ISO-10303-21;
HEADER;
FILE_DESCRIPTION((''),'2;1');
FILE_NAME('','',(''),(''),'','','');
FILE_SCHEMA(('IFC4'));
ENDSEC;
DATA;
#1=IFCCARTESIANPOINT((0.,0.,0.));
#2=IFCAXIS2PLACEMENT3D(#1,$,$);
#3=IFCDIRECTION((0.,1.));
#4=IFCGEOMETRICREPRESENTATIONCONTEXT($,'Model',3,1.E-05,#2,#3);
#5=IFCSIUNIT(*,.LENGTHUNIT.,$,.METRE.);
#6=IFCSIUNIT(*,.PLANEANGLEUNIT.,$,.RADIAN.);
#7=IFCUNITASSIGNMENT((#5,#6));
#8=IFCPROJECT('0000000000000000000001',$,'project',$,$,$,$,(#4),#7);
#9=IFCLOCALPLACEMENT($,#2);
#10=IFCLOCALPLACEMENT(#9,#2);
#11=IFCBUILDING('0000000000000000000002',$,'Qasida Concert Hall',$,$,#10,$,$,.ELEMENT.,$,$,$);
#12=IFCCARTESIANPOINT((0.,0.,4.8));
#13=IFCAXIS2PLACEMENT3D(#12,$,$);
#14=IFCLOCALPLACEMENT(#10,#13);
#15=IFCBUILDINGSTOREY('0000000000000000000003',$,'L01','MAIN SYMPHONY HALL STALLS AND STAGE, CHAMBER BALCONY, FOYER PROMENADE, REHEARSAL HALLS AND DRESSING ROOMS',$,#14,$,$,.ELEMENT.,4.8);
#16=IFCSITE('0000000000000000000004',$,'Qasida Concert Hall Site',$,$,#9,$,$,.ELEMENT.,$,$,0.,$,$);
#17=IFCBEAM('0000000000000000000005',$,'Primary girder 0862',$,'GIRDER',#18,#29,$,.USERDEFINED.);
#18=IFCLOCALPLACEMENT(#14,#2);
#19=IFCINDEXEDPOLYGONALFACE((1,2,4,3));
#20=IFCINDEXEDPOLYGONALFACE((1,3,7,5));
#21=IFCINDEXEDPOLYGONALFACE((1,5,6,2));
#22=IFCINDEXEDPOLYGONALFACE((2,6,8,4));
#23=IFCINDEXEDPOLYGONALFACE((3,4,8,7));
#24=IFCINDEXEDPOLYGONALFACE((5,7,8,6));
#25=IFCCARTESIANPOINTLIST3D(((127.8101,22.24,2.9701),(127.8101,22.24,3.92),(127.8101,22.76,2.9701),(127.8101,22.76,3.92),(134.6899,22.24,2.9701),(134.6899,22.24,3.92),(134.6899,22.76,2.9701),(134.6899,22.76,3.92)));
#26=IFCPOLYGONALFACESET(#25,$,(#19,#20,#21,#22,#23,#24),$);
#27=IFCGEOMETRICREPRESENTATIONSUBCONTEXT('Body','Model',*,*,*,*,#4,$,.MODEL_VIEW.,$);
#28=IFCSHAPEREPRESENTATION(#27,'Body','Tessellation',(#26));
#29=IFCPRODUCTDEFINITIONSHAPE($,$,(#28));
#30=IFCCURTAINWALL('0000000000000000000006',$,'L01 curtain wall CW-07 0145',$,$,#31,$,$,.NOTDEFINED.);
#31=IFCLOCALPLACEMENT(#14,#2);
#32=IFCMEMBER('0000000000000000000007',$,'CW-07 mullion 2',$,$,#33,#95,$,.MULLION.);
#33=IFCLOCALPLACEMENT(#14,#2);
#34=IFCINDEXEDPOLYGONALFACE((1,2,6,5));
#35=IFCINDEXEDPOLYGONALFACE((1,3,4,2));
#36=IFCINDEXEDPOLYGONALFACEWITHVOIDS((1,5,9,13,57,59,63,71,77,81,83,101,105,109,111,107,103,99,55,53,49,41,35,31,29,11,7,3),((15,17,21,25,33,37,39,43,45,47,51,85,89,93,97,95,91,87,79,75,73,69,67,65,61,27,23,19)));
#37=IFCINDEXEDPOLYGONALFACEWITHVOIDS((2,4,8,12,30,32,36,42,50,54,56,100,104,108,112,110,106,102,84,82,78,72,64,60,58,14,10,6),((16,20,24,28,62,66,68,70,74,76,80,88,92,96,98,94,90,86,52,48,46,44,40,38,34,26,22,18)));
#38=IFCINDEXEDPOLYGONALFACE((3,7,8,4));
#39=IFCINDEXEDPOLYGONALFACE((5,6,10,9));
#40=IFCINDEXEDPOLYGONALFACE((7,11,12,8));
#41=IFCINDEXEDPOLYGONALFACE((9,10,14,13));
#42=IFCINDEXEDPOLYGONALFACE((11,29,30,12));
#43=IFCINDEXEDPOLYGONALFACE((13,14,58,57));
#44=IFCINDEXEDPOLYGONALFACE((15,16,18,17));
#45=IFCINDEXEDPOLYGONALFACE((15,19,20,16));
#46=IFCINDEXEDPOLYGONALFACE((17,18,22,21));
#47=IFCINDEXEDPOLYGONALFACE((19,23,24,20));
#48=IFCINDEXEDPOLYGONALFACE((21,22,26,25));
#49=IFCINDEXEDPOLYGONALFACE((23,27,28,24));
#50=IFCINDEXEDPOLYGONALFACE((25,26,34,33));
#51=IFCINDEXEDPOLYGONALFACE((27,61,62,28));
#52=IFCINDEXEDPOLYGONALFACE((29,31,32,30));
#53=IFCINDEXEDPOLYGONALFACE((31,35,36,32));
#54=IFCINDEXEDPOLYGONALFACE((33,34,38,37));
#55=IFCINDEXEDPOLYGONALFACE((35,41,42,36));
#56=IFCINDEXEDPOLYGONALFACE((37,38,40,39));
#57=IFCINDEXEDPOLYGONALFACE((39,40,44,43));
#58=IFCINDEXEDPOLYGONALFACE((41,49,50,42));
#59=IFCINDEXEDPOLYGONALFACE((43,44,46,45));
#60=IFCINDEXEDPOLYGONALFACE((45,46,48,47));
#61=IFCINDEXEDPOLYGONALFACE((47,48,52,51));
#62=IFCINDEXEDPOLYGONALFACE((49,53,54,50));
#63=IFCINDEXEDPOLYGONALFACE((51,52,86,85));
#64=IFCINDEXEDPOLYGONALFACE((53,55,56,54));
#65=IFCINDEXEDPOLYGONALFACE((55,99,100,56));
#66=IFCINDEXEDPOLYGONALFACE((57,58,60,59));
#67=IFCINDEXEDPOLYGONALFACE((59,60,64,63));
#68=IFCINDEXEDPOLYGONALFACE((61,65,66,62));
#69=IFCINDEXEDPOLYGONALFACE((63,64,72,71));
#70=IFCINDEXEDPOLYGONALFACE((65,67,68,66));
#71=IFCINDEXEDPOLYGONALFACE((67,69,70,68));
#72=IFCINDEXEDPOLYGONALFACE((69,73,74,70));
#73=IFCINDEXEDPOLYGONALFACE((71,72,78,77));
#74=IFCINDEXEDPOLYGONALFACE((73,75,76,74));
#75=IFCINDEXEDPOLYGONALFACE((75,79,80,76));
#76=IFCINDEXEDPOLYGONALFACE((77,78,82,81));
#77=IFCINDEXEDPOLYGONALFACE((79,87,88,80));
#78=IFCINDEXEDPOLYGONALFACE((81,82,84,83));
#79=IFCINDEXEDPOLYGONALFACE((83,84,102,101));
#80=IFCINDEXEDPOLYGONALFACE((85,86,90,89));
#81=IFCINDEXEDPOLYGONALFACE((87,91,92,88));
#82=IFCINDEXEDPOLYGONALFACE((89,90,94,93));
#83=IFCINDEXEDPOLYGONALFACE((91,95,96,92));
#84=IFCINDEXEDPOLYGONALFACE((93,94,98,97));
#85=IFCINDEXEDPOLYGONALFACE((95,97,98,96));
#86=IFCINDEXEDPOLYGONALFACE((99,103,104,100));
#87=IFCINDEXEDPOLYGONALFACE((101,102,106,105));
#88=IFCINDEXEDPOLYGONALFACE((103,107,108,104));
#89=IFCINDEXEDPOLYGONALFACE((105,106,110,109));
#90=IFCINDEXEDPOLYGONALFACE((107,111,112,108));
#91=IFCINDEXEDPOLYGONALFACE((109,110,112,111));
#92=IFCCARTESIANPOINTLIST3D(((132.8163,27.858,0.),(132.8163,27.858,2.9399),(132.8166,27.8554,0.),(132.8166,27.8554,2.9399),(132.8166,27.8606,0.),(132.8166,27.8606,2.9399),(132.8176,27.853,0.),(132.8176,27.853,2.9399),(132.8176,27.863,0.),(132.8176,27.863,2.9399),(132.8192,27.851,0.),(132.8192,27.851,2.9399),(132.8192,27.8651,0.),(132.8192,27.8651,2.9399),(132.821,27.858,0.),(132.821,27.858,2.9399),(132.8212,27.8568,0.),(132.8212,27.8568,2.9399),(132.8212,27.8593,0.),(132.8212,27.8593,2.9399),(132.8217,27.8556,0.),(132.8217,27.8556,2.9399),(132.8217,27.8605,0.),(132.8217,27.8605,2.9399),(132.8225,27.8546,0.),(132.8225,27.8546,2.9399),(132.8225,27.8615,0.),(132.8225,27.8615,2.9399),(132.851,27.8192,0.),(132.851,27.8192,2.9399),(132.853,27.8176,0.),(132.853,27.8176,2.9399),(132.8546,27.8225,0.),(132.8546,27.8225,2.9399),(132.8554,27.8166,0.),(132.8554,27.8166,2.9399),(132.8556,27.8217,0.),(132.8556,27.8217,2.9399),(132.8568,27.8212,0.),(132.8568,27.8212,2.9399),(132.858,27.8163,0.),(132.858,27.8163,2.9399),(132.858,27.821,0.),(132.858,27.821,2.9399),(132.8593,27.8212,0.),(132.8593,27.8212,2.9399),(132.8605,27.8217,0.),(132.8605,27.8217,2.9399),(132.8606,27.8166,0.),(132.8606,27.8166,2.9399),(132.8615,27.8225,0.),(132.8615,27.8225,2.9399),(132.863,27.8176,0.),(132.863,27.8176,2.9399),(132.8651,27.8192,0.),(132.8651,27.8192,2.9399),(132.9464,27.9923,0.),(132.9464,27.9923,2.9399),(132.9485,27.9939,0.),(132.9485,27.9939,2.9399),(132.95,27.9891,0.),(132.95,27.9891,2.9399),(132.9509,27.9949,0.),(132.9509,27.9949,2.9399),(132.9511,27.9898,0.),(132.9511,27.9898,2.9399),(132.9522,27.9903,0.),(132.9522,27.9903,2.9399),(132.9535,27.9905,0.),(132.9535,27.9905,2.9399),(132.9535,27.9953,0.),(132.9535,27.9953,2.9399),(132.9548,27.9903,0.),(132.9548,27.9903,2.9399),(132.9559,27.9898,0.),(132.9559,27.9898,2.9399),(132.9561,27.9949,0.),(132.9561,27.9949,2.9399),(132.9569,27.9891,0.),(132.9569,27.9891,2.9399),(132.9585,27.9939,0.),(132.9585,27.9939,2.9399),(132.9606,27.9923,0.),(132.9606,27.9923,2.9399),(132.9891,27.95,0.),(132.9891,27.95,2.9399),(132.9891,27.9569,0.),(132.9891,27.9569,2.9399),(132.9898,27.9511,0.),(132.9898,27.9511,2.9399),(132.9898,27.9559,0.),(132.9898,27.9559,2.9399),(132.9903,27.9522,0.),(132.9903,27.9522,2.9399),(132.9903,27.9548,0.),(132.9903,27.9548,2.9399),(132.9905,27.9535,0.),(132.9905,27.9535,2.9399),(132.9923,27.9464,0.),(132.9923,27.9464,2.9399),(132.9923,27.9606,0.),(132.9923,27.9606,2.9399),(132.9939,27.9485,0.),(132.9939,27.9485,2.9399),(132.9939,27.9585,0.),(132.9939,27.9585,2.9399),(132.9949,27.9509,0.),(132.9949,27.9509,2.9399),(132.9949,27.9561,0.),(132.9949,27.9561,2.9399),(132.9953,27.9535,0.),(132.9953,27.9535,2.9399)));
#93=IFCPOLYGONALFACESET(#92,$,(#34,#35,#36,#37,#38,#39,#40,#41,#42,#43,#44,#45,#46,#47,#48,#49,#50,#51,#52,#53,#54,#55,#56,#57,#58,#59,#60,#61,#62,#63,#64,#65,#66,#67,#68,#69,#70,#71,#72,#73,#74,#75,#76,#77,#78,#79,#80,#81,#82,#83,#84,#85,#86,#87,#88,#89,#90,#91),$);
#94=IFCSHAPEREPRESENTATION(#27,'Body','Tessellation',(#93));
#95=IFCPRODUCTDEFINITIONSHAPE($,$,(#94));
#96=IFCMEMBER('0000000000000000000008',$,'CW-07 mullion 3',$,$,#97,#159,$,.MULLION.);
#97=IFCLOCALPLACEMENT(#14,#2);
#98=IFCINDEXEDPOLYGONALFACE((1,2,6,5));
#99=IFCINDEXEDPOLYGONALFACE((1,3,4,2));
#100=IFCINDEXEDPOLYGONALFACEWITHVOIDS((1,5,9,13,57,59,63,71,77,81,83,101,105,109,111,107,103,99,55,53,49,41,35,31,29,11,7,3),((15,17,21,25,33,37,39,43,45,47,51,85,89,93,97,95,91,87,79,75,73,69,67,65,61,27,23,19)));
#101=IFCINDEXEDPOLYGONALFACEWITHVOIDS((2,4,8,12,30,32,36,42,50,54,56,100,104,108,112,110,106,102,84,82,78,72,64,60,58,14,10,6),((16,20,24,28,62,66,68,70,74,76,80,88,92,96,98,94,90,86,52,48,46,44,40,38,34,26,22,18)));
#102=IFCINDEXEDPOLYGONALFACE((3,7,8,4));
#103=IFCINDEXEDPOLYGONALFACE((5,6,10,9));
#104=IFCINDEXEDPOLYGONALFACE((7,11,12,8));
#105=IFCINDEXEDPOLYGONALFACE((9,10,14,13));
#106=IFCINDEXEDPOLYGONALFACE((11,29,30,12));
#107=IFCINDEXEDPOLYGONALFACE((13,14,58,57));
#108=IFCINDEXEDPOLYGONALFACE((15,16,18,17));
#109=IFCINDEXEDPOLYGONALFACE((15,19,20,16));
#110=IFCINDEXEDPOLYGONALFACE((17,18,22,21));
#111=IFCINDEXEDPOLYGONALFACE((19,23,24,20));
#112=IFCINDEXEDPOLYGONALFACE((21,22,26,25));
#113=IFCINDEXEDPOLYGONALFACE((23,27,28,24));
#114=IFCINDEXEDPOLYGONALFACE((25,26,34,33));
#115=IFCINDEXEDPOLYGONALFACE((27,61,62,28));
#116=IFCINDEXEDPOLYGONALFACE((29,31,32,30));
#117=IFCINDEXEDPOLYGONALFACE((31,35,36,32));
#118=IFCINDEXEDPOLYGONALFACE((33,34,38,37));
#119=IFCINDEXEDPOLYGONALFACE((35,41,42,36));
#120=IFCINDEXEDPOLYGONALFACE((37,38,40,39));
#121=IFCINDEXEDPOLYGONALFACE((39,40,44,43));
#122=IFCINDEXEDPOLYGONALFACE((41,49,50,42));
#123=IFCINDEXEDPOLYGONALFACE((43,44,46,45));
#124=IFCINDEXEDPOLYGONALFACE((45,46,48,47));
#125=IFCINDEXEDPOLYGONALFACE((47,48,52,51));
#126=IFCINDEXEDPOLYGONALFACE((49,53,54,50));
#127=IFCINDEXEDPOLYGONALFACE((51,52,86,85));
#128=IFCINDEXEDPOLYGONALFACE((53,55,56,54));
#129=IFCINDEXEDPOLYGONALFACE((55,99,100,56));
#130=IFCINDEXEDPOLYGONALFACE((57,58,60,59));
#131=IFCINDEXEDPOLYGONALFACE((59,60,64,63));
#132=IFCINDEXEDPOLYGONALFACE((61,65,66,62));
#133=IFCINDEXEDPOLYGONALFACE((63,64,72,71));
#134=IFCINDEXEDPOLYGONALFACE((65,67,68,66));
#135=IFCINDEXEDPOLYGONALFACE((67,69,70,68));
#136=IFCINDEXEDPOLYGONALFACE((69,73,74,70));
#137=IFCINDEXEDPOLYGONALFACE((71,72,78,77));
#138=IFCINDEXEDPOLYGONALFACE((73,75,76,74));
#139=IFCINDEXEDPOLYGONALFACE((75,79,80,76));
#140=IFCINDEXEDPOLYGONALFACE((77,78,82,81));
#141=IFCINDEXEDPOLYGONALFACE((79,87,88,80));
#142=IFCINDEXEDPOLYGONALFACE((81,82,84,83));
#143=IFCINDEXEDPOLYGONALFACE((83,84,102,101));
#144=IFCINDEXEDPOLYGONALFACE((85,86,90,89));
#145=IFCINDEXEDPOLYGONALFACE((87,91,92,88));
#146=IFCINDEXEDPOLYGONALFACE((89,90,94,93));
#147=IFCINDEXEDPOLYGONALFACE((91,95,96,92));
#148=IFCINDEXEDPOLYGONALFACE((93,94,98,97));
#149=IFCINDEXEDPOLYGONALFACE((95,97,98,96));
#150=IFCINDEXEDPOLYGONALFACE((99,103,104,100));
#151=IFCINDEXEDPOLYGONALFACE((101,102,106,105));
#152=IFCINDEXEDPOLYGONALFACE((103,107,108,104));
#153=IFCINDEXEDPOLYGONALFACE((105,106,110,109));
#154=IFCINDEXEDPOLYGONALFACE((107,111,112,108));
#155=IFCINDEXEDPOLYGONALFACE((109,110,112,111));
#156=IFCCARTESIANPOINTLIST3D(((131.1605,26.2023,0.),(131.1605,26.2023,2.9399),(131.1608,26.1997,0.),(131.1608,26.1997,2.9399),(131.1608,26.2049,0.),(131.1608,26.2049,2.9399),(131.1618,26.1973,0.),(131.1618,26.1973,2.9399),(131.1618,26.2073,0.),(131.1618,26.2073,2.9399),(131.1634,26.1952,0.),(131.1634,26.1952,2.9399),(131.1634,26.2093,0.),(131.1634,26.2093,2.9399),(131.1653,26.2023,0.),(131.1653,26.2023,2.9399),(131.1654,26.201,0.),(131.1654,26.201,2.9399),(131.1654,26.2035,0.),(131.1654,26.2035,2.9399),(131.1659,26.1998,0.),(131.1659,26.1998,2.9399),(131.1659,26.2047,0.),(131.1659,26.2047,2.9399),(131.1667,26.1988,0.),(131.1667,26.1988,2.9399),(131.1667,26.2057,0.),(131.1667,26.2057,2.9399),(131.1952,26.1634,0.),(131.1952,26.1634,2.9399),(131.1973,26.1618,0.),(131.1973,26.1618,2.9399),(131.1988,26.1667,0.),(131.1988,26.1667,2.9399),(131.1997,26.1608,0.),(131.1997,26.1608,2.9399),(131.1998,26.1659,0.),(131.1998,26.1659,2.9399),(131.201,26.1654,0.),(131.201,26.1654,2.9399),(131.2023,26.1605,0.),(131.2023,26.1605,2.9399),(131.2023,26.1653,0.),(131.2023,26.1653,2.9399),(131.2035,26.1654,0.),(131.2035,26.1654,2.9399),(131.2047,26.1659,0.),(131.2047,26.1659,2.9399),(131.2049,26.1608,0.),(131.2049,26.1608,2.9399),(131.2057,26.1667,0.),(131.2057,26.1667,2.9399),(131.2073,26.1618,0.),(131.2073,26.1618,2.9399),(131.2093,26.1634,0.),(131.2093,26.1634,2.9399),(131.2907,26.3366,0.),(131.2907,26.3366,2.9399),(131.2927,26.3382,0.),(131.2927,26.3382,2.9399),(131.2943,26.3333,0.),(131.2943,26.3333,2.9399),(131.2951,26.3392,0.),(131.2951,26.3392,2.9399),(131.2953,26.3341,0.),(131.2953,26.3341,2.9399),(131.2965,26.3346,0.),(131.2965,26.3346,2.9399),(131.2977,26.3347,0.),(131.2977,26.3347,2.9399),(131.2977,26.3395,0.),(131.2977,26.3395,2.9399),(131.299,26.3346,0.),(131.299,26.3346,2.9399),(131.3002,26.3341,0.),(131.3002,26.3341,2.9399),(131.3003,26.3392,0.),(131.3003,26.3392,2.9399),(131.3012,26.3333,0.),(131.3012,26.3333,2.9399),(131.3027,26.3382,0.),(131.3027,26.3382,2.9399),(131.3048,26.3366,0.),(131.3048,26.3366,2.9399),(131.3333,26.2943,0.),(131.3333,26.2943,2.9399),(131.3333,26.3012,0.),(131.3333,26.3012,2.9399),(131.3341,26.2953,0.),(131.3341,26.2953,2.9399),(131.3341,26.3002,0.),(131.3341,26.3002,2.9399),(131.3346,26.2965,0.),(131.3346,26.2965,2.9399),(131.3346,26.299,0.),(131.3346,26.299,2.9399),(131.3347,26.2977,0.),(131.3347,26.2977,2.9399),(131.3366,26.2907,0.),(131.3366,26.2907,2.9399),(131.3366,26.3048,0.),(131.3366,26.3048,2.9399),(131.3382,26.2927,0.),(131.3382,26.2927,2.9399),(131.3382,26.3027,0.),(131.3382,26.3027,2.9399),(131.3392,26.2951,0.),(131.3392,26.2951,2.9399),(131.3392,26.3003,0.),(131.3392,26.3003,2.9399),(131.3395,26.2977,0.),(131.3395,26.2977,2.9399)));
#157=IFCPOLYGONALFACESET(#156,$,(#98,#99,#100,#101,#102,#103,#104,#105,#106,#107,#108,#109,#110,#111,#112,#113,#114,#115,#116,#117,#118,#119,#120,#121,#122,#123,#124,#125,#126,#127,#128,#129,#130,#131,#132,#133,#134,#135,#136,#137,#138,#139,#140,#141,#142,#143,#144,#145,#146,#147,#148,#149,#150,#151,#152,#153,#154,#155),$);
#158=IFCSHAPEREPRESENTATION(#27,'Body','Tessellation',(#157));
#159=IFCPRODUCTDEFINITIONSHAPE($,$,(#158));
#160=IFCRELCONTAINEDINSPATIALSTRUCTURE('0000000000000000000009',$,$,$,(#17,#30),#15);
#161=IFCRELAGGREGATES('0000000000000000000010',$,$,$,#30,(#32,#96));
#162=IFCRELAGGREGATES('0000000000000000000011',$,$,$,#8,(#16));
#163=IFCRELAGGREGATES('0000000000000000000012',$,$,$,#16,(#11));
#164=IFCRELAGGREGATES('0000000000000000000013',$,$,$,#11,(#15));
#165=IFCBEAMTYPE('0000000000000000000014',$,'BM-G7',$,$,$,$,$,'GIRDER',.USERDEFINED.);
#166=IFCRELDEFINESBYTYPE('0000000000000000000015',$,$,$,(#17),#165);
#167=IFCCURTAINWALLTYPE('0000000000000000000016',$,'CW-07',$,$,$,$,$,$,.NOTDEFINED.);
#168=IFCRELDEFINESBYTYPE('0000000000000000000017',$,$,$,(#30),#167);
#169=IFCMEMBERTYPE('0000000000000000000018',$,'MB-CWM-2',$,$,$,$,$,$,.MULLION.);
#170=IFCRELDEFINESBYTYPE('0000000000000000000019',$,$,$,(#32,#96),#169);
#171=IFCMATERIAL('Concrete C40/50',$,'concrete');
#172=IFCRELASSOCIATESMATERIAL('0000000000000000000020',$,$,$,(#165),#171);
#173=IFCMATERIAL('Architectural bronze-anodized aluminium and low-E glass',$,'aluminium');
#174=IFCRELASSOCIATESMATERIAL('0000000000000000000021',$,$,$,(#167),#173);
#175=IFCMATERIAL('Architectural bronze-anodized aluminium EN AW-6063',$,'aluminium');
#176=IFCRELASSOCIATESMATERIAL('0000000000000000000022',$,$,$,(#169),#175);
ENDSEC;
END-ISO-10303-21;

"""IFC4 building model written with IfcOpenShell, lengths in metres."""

from ifc_helpers import new_model, si_unit, direction, frame, origin, origin_2d, place, context, subcontext, project, spatial, rectangle, hollow_rectangle, extrude, material, material_profile, profile_set, type_object, element, aggregate, save


model = new_model("IFC4")

# Units and contexts
model_context = context("Model", 3, precision=1e-05, world=origin(), true_north=direction((0.0, 1.0)))
body_context = subcontext(model_context, "Body", "Model", "MODEL_VIEW")
ifc_project = project(units=[si_unit("LENGTHUNIT", "METRE"), si_unit("PLANEANGLEUNIT", "RADIAN")], contexts=[model_context])

# Site, building, storey
site_placement = place(None, origin())
site = spatial("IfcSite", under=ifc_project, at=site_placement, Name="Qasida Concert Hall Site", CompositionType="ELEMENT", RefElevation=0.0)
building_placement = place(site_placement, origin())
building = spatial("IfcBuilding", under=site, at=building_placement, Name="Qasida Concert Hall", CompositionType="ELEMENT")
storey_placement = place(building_placement, frame((0.0, 0.0, 4.8)))
storey = spatial("IfcBuildingStorey", under=building, at=storey_placement, Name="L01", Description="MAIN SYMPHONY HALL STALLS AND STAGE, CHAMBER BALCONY, FOYER PROMENADE, REHEARSAL HALLS AND DRESSING ROOMS", CompositionType="ELEMENT", Elevation=4.8)

# Beam
ifc_material_1 = material(Name="Concrete C40/50", Category="concrete")
ifc_material_profile_1 = material_profile(ifc_material_1, rectangle(XDim=0.52, YDim=0.95, at=origin_2d()), Name="RC 520x950")
ifc_profile_set_1 = profile_set([ifc_material_profile_1], Name="Concrete C40/50")
beam_type = type_object("IfcBeamType", Name="BM-G7", ElementType="GIRDER", PredefinedType="USERDEFINED", material=ifc_profile_set_1)
beam_placement = place(storey_placement, frame((127.8101, 22.5, 3.4451), z_axis=(1.0, 0.0, 0.0), x_axis=(0.0, 1.0, 0.0)))
element("IfcBeam", 1, at=beam_placement, inside=storey, type_object=beam_type, Name="Primary girder 0862", ObjectType="GIRDER", PredefinedType="USERDEFINED", context=body_context, shape_type="SweptSolid", body=[
    extrude(rectangle(XDim=0.52, YDim=0.95, at=origin_2d()), origin(), (0.0, 0.0, 1.0), 6.8799),
])

# Curtain wall, members
ifc_material_2 = material(Name="Architectural bronze-anodized aluminium and low-E glass", Category="aluminium")
curtain_wall_type = type_object("IfcCurtainWallType", Name="CW-07", PredefinedType="NOTDEFINED", material=ifc_material_2)
curtain_wall_placement = place(storey_placement, origin())
curtain_wall = element("IfcCurtainWall", 2, at=curtain_wall_placement, inside=storey, type_object=curtain_wall_type, Name="L01 curtain wall CW-07 0145", PredefinedType="NOTDEFINED")
ifc_material_3 = material(Name="Architectural bronze-anodized aluminium EN AW-6063", Category="aluminium")
ifc_material_profile_2 = material_profile(ifc_material_3, hollow_rectangle(XDim=0.0649, YDim=0.2, WallThickness=0.0049, InnerFilletRadius=0.0049, OuterFilletRadius=0.01, at=origin_2d()), Name="CWM 200x65x5")
ifc_profile_set_2 = profile_set([ifc_material_profile_2], Name="Architectural bronze-anodized aluminium EN AW-6063")
member_type_1 = type_object("IfcMemberType", Name="MB-CWM-2", PredefinedType="MULLION", material=ifc_profile_set_2)
member_1_placement = place(storey_placement, frame((132.9058, 27.9058, 0.0), z_axis=(0.0, 0.0, 1.0), x_axis=(0.707107, -0.707107, 0.0)))
member_1 = element("IfcMember", 3, at=member_1_placement, type_object=member_type_1, Name="CW-07 mullion 2", PredefinedType="MULLION", context=body_context, shape_type="SweptSolid", body=[
    extrude(hollow_rectangle(XDim=0.0649, YDim=0.2, WallThickness=0.0049, InnerFilletRadius=0.0049, OuterFilletRadius=0.01, at=origin_2d()), origin(), (0.0, 0.0, 1.0), 2.9399),
])
member_2_placement = place(storey_placement, frame((131.25, 26.25, 0.0), z_axis=(0.0, 0.0, 1.0), x_axis=(0.707107, -0.707107, 0.0)))
member_2 = element("IfcMember", 4, at=member_2_placement, type_object=member_type_1, Name="CW-07 mullion 3", PredefinedType="MULLION", context=body_context, shape_type="SweptSolid", body=[
    extrude(hollow_rectangle(XDim=0.0649, YDim=0.2, WallThickness=0.0049, InnerFilletRadius=0.0049, OuterFilletRadius=0.01, at=origin_2d()), origin(), (0.0, 0.0, 1.0), 2.9399),
])
aggregate(curtain_wall, [member_1, member_2])

save(model, "model.ifc")
